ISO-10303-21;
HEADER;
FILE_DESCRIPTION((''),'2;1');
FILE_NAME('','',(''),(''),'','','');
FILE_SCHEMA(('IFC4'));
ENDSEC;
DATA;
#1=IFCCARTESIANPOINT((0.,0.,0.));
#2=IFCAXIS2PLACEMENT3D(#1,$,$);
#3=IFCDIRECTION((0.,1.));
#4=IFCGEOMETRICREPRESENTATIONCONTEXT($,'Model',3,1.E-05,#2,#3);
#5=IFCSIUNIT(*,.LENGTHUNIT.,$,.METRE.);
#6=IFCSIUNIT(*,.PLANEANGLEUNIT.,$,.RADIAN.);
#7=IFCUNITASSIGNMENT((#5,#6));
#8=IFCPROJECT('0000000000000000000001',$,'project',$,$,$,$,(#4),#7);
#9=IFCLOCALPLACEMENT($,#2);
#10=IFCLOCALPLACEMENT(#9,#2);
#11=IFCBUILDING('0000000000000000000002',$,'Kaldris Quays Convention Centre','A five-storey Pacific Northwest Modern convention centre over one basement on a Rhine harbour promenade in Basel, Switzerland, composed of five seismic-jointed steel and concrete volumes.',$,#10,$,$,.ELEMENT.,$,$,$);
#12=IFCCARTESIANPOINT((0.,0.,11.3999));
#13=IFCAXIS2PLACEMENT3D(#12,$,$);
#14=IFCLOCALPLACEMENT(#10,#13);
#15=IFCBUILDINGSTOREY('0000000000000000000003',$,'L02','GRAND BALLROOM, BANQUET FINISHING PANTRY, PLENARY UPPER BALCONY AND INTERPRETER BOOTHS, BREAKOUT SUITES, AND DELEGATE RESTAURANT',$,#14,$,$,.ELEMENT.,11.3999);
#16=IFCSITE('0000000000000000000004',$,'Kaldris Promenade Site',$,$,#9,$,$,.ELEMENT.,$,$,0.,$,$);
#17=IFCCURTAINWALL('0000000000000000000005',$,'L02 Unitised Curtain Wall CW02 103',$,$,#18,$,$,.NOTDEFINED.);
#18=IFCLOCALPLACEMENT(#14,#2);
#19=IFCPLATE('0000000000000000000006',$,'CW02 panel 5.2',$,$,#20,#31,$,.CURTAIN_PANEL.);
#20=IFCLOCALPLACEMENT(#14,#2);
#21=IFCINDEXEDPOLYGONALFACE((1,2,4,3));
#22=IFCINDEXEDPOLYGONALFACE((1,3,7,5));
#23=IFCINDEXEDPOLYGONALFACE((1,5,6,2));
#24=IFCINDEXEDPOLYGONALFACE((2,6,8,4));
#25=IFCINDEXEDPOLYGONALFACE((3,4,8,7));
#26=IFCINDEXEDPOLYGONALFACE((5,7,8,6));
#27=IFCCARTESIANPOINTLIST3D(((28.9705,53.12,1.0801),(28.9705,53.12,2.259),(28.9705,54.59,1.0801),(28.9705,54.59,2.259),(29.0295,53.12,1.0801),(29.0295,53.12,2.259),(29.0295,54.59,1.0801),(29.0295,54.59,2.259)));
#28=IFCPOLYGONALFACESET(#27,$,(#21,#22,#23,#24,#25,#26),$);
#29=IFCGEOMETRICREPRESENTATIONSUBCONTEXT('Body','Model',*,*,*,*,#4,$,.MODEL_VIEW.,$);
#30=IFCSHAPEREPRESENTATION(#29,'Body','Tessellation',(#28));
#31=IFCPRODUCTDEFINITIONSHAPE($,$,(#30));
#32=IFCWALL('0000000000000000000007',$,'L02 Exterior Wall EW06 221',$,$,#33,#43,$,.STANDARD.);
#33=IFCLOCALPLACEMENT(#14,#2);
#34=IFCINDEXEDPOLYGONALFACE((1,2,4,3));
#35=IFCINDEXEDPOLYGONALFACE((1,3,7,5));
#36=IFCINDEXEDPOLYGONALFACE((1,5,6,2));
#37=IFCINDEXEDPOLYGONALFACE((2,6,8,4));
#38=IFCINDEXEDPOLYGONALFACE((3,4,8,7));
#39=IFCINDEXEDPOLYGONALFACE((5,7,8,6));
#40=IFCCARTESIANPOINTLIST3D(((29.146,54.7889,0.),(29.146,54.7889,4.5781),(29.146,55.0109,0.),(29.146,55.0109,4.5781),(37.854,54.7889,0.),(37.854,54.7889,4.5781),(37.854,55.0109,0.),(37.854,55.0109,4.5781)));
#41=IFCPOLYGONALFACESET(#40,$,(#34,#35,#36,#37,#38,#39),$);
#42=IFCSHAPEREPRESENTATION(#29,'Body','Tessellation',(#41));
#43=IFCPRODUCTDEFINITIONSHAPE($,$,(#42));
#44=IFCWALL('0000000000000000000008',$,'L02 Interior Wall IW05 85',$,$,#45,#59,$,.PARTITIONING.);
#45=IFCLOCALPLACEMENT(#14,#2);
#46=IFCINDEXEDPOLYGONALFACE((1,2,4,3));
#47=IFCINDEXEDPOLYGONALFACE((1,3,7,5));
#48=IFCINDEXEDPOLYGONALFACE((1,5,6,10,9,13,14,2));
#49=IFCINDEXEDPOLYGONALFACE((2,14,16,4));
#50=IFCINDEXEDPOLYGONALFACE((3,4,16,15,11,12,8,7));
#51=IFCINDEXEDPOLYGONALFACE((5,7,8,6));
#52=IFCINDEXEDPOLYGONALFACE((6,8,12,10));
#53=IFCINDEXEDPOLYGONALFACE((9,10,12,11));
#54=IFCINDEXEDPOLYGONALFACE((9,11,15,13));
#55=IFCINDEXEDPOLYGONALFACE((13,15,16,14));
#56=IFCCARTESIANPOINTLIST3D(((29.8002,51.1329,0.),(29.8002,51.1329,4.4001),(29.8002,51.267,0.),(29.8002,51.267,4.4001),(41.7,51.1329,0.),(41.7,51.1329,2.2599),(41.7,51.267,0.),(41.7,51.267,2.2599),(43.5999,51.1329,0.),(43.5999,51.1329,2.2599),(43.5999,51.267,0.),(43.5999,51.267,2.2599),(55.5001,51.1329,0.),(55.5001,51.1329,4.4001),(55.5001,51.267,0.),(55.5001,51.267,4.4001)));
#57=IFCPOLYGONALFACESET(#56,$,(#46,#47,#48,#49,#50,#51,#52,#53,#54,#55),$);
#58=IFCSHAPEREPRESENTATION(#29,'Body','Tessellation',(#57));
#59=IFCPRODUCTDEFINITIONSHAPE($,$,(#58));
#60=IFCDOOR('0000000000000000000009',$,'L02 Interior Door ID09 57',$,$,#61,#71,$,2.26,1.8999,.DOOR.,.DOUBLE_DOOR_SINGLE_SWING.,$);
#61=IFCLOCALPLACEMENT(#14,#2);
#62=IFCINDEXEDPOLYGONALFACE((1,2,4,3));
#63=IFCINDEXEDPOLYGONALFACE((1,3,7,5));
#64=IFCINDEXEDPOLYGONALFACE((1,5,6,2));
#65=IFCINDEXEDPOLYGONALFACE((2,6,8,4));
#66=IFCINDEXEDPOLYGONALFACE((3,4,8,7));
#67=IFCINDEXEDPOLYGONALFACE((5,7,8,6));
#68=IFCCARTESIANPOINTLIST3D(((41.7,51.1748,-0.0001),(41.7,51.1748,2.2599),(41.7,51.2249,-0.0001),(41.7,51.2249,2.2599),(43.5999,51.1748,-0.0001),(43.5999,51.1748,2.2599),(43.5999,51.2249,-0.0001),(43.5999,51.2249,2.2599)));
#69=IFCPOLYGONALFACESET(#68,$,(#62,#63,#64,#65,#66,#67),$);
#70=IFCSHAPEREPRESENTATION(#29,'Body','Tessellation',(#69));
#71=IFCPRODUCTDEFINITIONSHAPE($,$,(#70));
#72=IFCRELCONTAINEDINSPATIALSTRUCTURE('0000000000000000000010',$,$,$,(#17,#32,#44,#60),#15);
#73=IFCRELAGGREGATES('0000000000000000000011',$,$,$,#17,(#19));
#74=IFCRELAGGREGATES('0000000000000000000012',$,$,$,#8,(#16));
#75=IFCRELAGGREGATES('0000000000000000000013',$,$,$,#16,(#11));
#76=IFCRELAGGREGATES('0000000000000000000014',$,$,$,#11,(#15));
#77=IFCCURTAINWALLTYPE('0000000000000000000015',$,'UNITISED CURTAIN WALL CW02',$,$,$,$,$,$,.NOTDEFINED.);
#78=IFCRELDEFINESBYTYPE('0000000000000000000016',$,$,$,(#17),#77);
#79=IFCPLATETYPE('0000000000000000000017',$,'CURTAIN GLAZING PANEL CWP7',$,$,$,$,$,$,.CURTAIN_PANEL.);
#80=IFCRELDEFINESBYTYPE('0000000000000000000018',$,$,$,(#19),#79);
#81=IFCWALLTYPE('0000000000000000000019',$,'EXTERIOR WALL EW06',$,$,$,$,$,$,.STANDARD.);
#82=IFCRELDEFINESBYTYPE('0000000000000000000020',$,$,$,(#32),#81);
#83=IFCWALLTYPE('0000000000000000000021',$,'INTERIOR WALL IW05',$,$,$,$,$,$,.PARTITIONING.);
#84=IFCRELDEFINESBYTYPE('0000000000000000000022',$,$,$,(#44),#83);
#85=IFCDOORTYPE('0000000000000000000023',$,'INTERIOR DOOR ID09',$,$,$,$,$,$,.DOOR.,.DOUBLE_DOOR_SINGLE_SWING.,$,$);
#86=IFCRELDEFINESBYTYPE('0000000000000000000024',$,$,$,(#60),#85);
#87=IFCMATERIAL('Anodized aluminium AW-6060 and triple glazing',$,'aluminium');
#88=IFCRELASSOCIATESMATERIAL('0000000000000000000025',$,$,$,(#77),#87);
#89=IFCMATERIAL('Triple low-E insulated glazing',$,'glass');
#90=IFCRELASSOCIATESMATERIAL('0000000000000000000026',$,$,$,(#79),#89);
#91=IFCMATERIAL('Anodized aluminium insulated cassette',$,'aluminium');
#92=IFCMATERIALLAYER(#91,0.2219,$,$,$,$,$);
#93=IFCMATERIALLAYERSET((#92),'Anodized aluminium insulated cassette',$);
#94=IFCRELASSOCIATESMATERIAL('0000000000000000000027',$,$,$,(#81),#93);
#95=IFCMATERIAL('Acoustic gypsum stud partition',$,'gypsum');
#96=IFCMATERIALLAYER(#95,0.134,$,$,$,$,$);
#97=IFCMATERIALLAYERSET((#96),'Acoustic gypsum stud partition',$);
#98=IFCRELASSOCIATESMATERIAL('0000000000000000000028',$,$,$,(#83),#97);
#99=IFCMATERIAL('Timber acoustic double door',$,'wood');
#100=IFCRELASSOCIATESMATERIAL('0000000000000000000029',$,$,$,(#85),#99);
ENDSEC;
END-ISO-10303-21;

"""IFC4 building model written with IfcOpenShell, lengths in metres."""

from ifc_helpers import new_model, si_unit, direction, frame, frame_2d, origin, origin_2d, place, context, subcontext, project, spatial, rectangle, extrude, material, layer, layer_set, type_object, element, fill, aggregate, save


model = new_model("IFC4")

# Units and contexts
model_context = context("Model", 3, precision=1e-05, world=origin(), true_north=direction((0.0, 1.0)))
body_context = subcontext(model_context, "Body", "Model", "MODEL_VIEW")
ifc_project = project(units=[si_unit("LENGTHUNIT", "METRE"), si_unit("PLANEANGLEUNIT", "RADIAN")], contexts=[model_context])

# Site, building, storey
site_placement = place(None, origin())
site = spatial("IfcSite", under=ifc_project, at=site_placement, Name="Kaldris Promenade Site", CompositionType="ELEMENT", RefElevation=0.0)
building_placement = place(site_placement, origin())
building = spatial("IfcBuilding", under=site, at=building_placement, Name="Kaldris Quays Convention Centre", Description="A five-storey Pacific Northwest Modern convention centre over one basement on a Rhine harbour promenade in Basel, Switzerland, composed of five seismic-jointed steel and concrete volumes.", CompositionType="ELEMENT")
storey_placement = place(building_placement, frame((0.0, 0.0, 11.3999)))
storey = spatial("IfcBuildingStorey", under=building, at=storey_placement, Name="L02", Description="GRAND BALLROOM, BANQUET FINISHING PANTRY, PLENARY UPPER BALCONY AND INTERPRETER BOOTHS, BREAKOUT SUITES, AND DELEGATE RESTAURANT", CompositionType="ELEMENT", Elevation=11.3999)

# Curtain wall
ifc_material_1 = material(Name="Anodized aluminium AW-6060 and triple glazing", Category="aluminium")
curtain_wall_type_1 = type_object("IfcCurtainWallType", Name="UNITISED CURTAIN WALL CW02", PredefinedType="NOTDEFINED", material=ifc_material_1)
curtain_wall_1_placement = place(storey_placement, origin())
curtain_wall_1 = element("IfcCurtainWall", 1, at=curtain_wall_1_placement, inside=storey, type_object=curtain_wall_type_1, Name="L02 Unitised Curtain Wall CW02 103", PredefinedType="NOTDEFINED")

# Plate
ifc_material_2 = material(Name="Triple low-E insulated glazing", Category="glass")
plate_type_1 = type_object("IfcPlateType", Name="CURTAIN GLAZING PANEL CWP7", PredefinedType="CURTAIN_PANEL", material=ifc_material_2)
plate_1_placement = place(storey_placement, frame((29.0, 53.855, 1.0801), z_axis=(0.0, 0.0, 1.0), x_axis=(0.0, 1.0, 0.0)))
plate_1 = element("IfcPlate", 2, at=plate_1_placement, type_object=plate_type_1, Name="CW02 panel 5.2", PredefinedType="CURTAIN_PANEL", context=body_context, shape_type="SweptSolid", body=[
    extrude(rectangle(XDim=1.47, YDim=0.0591, at=origin_2d()), origin(), (0.0, 0.0, 1.0), 1.179),
])
aggregate(curtain_wall_1, [plate_1])

# Wall
ifc_material_3 = material(Name="Anodized aluminium insulated cassette", Category="aluminium")
ifc_layer_1 = layer(ifc_material_3, 0.2219)
ifc_layer_set_1 = layer_set([ifc_layer_1], Name="Anodized aluminium insulated cassette")
wall_type_1 = type_object("IfcWallType", Name="EXTERIOR WALL EW06", PredefinedType="STANDARD", material=ifc_layer_set_1)
wall_1_placement = place(storey_placement, frame((29.146, 54.8999, 0.0), z_axis=(0.0, 0.0, 1.0), x_axis=(1.0, 0.0, 0.0)))
element("IfcWall", 3, at=wall_1_placement, inside=storey, type_object=wall_type_1, Name="L02 Exterior Wall EW06 221", PredefinedType="STANDARD", context=body_context, shape_type="SweptSolid", body=[
    extrude(rectangle(XDim=8.708, YDim=0.2219, at=frame_2d((4.354, 0.0))), origin(), (0.0, 0.0, 1.0), 4.5781),
])

# Wall, opening, door
ifc_material_4 = material(Name="Acoustic gypsum stud partition", Category="gypsum")
ifc_layer_2 = layer(ifc_material_4, 0.134)
ifc_layer_set_2 = layer_set([ifc_layer_2], Name="Acoustic gypsum stud partition")
wall_type_2 = type_object("IfcWallType", Name="INTERIOR WALL IW05", PredefinedType="PARTITIONING", material=ifc_layer_set_2)
wall_2_placement = place(storey_placement, frame((29.8, 51.2, 0.0), z_axis=(0.0, 0.0, 1.0), x_axis=(1.0, 0.0, 0.0)))
wall_2 = element("IfcWall", 4, at=wall_2_placement, inside=storey, type_object=wall_type_2, Name="L02 Interior Wall IW05 85", PredefinedType="PARTITIONING", context=body_context, shape_type="SweptSolid", body=[
    extrude(rectangle(XDim=25.7, YDim=0.134, at=frame_2d((12.8501, 0.0))), origin(), (0.0, 0.0, 1.0), 4.4001),
])
opening_placement = place(wall_2_placement, frame((11.8999, 0.0, 0.0)))
opening = element("IfcOpeningElement", 5, at=opening_placement, cuts=wall_2, PredefinedType="OPENING", context=body_context, shape_type="SweptSolid", body=[
    extrude(rectangle(XDim=1.8999, YDim=2.26, at=frame_2d((0.95, 1.1299))), frame((0.0, 0.0771, 0.0), z_axis=(0.0, -1.0, 0.0), x_axis=(1.0, 0.0, 0.0)), (0.0, 0.0, 1.0), 0.1541),
])
ifc_material_5 = material(Name="Timber acoustic double door", Category="wood")
door_type = type_object("IfcDoorType", Name="INTERIOR DOOR ID09", OperationType="DOUBLE_DOOR_SINGLE_SWING", PredefinedType="DOOR", material=ifc_material_5)
door_placement = place(opening_placement, origin())
door = element("IfcDoor", 6, at=door_placement, inside=storey, type_object=door_type, Name="L02 Interior Door ID09 57", OperationType="DOUBLE_DOOR_SINGLE_SWING", OverallHeight=2.26, OverallWidth=1.8999, PredefinedType="DOOR", context=body_context, shape_type="SweptSolid", body=[
    extrude(rectangle(XDim=1.8999, YDim=2.26, at=frame_2d((0.95, 1.1299))), frame((0.0, 0.0249, 0.0), z_axis=(0.0, -1.0, 0.0), x_axis=(1.0, 0.0, 0.0)), (0.0, 0.0, 1.0), 0.05),
])
fill(opening, door)

save(model, "model.ifc")
